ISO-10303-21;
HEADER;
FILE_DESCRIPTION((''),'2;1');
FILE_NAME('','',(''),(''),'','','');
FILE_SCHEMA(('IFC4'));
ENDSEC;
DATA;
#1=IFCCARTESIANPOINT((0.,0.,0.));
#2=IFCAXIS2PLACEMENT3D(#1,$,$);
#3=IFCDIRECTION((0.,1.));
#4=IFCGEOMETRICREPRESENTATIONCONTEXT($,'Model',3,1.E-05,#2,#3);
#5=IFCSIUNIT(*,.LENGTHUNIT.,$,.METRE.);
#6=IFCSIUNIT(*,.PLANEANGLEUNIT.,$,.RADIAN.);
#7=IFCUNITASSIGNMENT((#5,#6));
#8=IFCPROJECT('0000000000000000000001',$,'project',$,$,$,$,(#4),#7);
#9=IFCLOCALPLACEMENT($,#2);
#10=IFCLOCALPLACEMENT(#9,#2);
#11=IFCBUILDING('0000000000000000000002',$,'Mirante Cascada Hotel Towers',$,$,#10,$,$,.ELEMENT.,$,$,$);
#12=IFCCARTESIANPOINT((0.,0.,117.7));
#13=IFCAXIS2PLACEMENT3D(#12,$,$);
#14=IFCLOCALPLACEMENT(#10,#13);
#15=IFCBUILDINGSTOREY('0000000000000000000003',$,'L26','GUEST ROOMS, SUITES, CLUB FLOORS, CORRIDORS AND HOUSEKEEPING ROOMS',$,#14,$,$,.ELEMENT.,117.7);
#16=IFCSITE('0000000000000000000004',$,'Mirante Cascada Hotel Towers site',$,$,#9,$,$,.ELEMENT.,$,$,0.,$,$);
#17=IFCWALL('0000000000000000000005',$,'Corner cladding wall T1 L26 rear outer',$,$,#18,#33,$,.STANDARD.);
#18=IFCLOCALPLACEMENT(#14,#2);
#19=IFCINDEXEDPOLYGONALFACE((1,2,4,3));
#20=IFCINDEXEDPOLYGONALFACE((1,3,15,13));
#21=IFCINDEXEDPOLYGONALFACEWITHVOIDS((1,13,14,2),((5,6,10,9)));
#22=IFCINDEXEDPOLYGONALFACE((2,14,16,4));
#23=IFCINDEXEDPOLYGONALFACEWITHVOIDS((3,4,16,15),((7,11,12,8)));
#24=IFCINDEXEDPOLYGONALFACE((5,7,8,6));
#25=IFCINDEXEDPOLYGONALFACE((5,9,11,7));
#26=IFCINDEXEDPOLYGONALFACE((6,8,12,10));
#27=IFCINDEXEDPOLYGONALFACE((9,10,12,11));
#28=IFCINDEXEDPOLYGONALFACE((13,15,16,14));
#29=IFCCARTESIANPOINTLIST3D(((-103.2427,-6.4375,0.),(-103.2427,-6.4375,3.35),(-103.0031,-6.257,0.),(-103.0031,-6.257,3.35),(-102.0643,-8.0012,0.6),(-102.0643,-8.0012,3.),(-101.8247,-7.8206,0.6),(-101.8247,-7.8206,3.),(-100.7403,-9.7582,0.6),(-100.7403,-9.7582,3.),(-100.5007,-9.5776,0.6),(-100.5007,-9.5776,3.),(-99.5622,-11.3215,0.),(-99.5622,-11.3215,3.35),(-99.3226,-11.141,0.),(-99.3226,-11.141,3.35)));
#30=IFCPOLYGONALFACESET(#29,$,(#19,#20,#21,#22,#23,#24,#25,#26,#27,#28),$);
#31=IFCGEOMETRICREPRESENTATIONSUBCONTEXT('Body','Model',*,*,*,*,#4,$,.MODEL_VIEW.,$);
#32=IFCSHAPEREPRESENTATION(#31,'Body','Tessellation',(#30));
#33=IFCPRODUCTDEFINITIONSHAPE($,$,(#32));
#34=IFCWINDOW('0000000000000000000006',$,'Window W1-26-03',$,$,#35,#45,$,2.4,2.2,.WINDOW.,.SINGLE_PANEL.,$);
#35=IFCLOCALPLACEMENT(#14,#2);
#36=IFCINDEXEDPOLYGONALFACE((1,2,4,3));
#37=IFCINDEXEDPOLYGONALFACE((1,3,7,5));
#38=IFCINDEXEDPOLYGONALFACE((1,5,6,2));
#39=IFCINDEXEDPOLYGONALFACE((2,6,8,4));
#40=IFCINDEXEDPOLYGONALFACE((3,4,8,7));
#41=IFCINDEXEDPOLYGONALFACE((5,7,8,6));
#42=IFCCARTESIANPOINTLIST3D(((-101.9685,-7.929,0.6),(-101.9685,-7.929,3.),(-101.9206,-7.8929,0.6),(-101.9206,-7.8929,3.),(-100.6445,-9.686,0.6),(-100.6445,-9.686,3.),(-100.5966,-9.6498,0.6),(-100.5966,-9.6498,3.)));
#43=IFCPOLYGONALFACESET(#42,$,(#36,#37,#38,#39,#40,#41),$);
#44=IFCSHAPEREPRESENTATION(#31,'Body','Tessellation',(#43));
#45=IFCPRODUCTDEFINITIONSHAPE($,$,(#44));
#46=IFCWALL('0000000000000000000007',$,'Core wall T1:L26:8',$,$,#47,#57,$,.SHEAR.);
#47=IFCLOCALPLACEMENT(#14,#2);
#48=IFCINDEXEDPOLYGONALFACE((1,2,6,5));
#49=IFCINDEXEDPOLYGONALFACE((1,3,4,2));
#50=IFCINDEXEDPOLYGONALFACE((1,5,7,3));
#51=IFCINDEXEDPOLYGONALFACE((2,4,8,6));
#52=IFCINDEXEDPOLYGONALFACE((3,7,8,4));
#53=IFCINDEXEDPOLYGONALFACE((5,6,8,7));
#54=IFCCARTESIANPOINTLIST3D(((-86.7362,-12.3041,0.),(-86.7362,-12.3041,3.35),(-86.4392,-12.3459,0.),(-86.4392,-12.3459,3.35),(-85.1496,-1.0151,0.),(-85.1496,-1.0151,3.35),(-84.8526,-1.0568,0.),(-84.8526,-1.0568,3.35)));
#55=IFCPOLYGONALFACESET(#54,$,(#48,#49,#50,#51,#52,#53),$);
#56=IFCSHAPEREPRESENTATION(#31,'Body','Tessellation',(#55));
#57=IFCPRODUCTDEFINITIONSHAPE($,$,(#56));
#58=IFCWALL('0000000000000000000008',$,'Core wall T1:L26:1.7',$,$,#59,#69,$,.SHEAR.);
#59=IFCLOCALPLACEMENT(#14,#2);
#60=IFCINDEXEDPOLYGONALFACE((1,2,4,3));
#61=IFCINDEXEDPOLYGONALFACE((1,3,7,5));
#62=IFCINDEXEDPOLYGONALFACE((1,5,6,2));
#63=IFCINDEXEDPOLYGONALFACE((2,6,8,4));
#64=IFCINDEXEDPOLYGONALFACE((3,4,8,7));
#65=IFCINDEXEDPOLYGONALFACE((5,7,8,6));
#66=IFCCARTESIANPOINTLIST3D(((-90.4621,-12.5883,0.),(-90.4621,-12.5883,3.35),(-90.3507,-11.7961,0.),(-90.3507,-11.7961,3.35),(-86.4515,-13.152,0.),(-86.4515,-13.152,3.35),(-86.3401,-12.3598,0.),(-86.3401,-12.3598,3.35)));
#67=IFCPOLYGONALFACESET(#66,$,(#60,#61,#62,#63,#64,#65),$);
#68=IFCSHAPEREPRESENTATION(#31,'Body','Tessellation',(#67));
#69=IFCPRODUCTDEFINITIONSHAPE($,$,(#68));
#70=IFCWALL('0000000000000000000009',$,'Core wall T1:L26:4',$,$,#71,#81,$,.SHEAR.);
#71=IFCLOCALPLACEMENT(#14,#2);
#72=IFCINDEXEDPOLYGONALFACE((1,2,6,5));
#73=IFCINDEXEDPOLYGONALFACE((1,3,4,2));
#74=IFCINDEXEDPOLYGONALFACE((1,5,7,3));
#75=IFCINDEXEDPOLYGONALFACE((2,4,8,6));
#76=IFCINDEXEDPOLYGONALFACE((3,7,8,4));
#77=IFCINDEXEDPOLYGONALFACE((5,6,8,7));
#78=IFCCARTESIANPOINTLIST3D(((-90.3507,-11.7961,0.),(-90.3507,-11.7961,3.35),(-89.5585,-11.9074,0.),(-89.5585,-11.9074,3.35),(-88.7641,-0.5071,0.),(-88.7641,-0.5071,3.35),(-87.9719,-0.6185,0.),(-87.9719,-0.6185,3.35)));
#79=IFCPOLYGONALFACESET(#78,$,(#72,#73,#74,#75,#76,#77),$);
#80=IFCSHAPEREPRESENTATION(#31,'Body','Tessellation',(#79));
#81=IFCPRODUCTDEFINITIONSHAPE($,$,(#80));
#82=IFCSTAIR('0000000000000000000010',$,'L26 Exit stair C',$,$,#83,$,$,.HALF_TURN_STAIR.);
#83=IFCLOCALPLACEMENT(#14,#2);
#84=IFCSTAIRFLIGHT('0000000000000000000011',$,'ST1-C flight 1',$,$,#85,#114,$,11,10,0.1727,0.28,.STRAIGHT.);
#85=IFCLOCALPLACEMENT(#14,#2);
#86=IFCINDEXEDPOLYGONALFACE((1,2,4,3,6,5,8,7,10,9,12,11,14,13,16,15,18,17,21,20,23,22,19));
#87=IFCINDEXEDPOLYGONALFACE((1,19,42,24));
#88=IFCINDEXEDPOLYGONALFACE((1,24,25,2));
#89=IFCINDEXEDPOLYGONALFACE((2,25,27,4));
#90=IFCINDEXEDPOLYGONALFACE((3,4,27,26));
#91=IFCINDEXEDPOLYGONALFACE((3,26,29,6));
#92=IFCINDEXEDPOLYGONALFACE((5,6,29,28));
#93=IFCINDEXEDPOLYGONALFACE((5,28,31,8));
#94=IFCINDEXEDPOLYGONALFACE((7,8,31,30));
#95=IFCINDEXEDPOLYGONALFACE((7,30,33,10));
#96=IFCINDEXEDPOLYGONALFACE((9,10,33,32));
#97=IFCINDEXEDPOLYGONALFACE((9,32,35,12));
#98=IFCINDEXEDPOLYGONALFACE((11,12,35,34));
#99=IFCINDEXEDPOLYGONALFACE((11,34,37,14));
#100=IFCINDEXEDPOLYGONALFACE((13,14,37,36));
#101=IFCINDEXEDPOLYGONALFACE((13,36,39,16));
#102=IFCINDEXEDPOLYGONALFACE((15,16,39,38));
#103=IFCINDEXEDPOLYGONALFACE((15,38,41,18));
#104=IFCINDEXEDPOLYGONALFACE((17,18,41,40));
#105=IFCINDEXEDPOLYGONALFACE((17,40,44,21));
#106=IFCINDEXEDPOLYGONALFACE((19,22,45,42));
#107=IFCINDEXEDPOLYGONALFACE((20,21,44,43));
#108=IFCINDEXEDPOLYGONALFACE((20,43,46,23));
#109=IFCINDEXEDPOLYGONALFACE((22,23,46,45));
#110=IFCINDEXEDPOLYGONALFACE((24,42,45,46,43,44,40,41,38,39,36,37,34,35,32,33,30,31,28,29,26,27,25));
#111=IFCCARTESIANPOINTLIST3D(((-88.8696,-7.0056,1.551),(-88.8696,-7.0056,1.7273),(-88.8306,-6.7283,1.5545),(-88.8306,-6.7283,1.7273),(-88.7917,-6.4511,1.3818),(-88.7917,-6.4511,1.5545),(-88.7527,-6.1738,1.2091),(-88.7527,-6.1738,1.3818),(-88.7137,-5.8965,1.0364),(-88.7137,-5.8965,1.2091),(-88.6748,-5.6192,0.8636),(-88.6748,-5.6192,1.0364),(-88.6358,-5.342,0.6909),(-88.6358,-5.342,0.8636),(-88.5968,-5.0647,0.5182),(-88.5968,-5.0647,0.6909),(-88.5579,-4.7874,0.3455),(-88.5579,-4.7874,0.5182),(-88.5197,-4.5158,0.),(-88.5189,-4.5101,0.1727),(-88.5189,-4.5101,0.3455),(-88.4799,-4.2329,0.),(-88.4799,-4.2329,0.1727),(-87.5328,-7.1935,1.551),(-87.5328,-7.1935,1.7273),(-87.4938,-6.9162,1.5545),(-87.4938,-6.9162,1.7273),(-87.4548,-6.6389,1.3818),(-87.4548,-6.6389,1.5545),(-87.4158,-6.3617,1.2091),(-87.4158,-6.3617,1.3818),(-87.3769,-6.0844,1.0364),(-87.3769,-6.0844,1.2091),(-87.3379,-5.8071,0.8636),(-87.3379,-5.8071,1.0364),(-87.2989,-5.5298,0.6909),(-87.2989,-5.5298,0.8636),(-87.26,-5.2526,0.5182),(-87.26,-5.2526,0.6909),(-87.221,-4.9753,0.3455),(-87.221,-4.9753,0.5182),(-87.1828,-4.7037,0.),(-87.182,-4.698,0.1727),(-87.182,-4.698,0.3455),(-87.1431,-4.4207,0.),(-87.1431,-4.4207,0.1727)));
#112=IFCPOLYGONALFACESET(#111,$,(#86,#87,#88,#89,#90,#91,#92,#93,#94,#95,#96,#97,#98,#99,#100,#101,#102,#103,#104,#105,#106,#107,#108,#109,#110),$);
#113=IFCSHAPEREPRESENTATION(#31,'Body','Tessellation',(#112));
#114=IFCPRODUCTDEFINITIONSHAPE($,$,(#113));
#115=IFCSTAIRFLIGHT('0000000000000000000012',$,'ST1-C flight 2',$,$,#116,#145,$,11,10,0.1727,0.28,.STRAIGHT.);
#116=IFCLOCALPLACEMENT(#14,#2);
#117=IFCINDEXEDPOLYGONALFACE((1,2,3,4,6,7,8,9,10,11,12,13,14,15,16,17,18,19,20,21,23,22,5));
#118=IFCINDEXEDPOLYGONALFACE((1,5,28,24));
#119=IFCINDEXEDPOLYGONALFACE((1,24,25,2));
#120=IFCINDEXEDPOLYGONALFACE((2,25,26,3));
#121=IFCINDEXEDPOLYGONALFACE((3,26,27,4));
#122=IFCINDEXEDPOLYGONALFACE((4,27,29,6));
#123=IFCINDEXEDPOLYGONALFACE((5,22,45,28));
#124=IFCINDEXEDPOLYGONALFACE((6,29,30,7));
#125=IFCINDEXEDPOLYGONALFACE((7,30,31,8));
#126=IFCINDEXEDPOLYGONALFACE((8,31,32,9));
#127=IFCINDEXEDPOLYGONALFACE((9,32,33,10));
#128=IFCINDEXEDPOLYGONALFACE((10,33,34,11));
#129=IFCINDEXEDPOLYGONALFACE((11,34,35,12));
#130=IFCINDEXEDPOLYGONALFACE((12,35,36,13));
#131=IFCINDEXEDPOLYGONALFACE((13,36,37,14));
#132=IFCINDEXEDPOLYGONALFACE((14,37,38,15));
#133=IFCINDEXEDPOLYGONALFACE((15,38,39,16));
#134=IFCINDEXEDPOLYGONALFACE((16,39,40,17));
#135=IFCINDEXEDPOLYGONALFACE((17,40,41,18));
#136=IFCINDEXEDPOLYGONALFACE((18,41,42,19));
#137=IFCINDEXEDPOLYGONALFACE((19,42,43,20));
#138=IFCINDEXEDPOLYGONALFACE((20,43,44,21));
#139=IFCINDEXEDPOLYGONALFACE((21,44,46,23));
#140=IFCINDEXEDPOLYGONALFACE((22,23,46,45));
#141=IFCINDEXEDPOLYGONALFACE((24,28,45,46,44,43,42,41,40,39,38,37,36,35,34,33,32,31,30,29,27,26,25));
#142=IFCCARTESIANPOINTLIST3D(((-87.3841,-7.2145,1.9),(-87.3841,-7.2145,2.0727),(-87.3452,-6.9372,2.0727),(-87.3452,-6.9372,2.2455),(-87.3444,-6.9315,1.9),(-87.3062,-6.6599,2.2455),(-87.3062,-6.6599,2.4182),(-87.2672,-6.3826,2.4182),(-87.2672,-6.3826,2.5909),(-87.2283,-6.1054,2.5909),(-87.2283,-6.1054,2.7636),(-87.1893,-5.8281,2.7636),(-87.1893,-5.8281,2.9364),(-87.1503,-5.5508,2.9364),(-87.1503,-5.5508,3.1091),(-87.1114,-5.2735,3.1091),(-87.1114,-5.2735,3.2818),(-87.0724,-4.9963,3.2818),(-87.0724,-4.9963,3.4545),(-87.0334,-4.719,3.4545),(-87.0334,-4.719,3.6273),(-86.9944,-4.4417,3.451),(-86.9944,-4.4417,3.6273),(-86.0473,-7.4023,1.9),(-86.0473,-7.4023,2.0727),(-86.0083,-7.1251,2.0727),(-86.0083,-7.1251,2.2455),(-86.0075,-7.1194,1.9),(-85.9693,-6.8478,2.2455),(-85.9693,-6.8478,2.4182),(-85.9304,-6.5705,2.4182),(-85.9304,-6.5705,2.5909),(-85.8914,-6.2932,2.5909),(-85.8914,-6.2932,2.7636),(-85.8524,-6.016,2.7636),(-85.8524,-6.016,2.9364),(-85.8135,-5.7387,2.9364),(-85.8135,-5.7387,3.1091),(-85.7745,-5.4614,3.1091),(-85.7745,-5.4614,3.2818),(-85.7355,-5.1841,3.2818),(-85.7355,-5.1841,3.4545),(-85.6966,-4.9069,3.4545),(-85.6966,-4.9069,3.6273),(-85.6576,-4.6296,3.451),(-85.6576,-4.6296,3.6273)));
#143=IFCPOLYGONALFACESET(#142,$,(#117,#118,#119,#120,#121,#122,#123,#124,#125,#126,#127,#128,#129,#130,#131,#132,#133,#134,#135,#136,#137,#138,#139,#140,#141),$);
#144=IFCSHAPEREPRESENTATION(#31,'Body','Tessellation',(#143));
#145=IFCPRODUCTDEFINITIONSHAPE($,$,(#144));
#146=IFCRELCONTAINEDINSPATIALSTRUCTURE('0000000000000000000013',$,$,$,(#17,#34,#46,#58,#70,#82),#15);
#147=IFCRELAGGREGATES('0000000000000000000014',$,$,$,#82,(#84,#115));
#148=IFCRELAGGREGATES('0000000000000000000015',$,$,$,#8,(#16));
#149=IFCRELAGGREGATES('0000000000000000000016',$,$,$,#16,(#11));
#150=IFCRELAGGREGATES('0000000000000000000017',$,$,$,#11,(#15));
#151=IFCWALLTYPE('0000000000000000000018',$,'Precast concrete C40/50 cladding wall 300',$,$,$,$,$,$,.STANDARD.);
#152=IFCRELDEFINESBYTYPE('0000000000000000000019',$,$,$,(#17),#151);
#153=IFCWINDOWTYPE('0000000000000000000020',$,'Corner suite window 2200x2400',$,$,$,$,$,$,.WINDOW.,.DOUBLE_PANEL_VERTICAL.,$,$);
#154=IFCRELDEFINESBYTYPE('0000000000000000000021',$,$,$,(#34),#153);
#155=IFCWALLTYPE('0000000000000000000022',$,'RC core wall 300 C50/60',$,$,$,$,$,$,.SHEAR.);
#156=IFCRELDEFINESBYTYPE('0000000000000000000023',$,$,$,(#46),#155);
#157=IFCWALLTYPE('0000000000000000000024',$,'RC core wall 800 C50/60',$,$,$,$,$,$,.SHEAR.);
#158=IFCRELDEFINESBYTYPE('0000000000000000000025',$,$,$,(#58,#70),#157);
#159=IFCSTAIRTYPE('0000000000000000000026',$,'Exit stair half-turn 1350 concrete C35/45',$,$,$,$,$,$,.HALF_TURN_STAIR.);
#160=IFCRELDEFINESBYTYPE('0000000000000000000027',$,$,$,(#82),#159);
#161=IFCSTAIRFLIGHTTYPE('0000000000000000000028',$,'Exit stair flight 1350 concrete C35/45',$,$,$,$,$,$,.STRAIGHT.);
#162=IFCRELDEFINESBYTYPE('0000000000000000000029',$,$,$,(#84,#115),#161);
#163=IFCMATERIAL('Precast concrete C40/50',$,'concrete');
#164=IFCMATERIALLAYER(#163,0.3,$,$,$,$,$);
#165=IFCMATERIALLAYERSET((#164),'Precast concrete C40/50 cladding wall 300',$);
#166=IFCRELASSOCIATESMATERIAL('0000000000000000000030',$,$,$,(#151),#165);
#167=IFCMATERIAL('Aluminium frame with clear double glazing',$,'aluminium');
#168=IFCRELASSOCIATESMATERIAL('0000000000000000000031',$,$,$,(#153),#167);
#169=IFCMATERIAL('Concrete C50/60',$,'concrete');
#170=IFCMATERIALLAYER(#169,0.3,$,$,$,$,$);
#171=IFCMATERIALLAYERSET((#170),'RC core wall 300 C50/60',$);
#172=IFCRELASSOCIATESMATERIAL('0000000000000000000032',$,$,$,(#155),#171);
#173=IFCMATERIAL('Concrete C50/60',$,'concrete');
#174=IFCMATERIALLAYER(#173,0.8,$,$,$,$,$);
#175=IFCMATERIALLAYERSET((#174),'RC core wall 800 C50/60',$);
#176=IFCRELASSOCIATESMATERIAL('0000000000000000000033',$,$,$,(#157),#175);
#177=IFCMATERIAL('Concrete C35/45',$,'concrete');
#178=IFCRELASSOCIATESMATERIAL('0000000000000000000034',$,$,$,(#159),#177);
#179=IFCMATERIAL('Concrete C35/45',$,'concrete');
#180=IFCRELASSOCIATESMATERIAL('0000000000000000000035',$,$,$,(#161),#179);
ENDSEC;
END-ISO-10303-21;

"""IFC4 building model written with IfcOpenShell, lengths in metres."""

from ifc_helpers import new_model, si_unit, direction, frame, frame_2d, origin, place, context, subcontext, project, spatial, polyline, rectangle, outline, extrude, material, layer, layer_set, type_object, element, fill, aggregate, save


model = new_model("IFC4")

# Units and contexts
model_context = context("Model", 3, precision=1e-05, world=origin(), true_north=direction((0.0, 1.0)))
body_context = subcontext(model_context, "Body", "Model", "MODEL_VIEW")
ifc_project = project(units=[si_unit("LENGTHUNIT", "METRE"), si_unit("PLANEANGLEUNIT", "RADIAN")], contexts=[model_context])

# Site, building, storey
site_placement = place(None, origin())
site = spatial("IfcSite", under=ifc_project, at=site_placement, Name="Mirante Cascada Hotel Towers site", CompositionType="ELEMENT", RefElevation=0.0)
building_placement = place(site_placement, origin())
building = spatial("IfcBuilding", under=site, at=building_placement, Name="Mirante Cascada Hotel Towers", CompositionType="ELEMENT")
storey_placement = place(building_placement, frame((0.0, 0.0, 117.7)))
storey = spatial("IfcBuildingStorey", under=building, at=storey_placement, Name="L26", Description="GUEST ROOMS, SUITES, CLUB FLOORS, CORRIDORS AND HOUSEKEEPING ROOMS", CompositionType="ELEMENT", Elevation=117.7)

# Shared definitions
ifc_material_1 = material(Name="Precast concrete C40/50", Category="concrete")
ifc_layer_1 = layer(ifc_material_1, 0.3)
ifc_layer_set_1 = layer_set([ifc_layer_1], Name="Precast concrete C40/50 cladding wall 300")
wall_type_1 = type_object("IfcWallType", Name="Precast concrete C40/50 cladding wall 300", PredefinedType="STANDARD", material=ifc_layer_set_1)

# Wall, opening, window
wall_1_placement = place(storey_placement, frame((-99.4424, -11.2313, 0.0), z_axis=(0.0, 0.0, 1.0), x_axis=(-0.601819, 0.798632, 0.0)))
wall_1 = element("IfcWall", 1, at=wall_1_placement, inside=storey, type_object=wall_type_1, Name="Corner cladding wall T1 L26 rear outer", PredefinedType="STANDARD", context=body_context, shape_type="SweptSolid", body=[
    extrude(rectangle(XDim=6.1155, YDim=0.3, at=frame_2d((3.0578, 0.0))), origin(), (0.0, 0.0, 1.0), 3.35),
])
opening_1_placement = place(wall_1_placement, frame((1.9576, 0.0, 0.6)))
opening_1 = element("IfcOpeningElement", 2, at=opening_1_placement, cuts=wall_1, PredefinedType="OPENING", context=body_context, shape_type="SweptSolid", body=[
    extrude(rectangle(XDim=2.2, YDim=2.4, at=frame_2d((1.1, 1.2))), frame((0.0, 0.15, 0.0), z_axis=(0.0, -1.0, 0.0), x_axis=(1.0, 0.0, 0.0)), (0.0, 0.0, 1.0), 0.3),
])
ifc_material_2 = material(Name="Aluminium frame with clear double glazing", Category="aluminium")
window_type_1 = type_object("IfcWindowType", Name="Corner suite window 2200x2400", PartitioningType="DOUBLE_PANEL_VERTICAL", PredefinedType="WINDOW", material=ifc_material_2)
window_1_placement = place(opening_1_placement, origin())
window_1 = element("IfcWindow", 3, at=window_1_placement, inside=storey, type_object=window_type_1, Name="Window W1-26-03", OverallHeight=2.4, OverallWidth=2.2, PartitioningType="SINGLE_PANEL", PredefinedType="WINDOW", context=body_context, shape_type="SweptSolid", body=[
    extrude(rectangle(XDim=2.2, YDim=2.4, at=frame_2d((1.1, 1.2))), frame((0.0, 0.03, 0.0), z_axis=(0.0, -1.0, 0.0), x_axis=(1.0, 0.0, 0.0)), (0.0, 0.0, 1.0), 0.06),
])
fill(opening_1, window_1)

# Walls
ifc_material_3 = material(Name="Concrete C50/60", Category="concrete")
ifc_layer_2 = layer(ifc_material_3, 0.3)
ifc_layer_set_2 = layer_set([ifc_layer_2], Name="RC core wall 300 C50/60")
wall_type_2 = type_object("IfcWallType", Name="RC core wall 300 C50/60", PredefinedType="SHEAR", material=ifc_layer_set_2)
wall_2_placement = place(storey_placement, frame((-86.5877, -12.325, 0.0), z_axis=(0.0, 0.0, 1.0), x_axis=(0.139175, 0.990268, 0.0)))
element("IfcWall", 4, at=wall_2_placement, inside=storey, type_object=wall_type_2, Name="Core wall T1:L26:8", PredefinedType="SHEAR", context=body_context, shape_type="SweptSolid", body=[
    extrude(rectangle(XDim=11.4, YDim=0.3, at=frame_2d((5.7, 0.0))), origin(), (0.0, 0.0, 1.0), 3.35),
])
ifc_material_4 = material(Name="Concrete C50/60", Category="concrete")
ifc_layer_3 = layer(ifc_material_4, 0.8)
ifc_layer_set_3 = layer_set([ifc_layer_3], Name="RC core wall 800 C50/60")
wall_type_3 = type_object("IfcWallType", Name="RC core wall 800 C50/60", PredefinedType="SHEAR", material=ifc_layer_set_3)
wall_3_placement = place(storey_placement, frame((-86.3958, -12.7559, 0.0), z_axis=(0.0, 0.0, 1.0), x_axis=(-0.990267, 0.139184, 0.0)))
element("IfcWall", 5, at=wall_3_placement, inside=storey, type_object=wall_type_3, Name="Core wall T1:L26:1.7", PredefinedType="SHEAR", context=body_context, shape_type="SweptSolid", body=[
    extrude(rectangle(XDim=4.05, YDim=0.8, at=frame_2d((2.025, 0.0))), origin(), (0.0, 0.0, 1.0), 3.35),
])
wall_4_placement = place(storey_placement, frame((-89.9546, -11.8518, 0.0), z_axis=(0.0, 0.0, 1.0), x_axis=(0.139176, 0.990268, 0.0)))
element("IfcWall", 6, at=wall_4_placement, inside=storey, type_object=wall_type_3, Name="Core wall T1:L26:4", PredefinedType="SHEAR", context=body_context, shape_type="SweptSolid", body=[
    extrude(rectangle(XDim=11.3999, YDim=0.8, at=frame_2d((5.7, 0.0))), origin(), (0.0, 0.0, 1.0), 3.35),
])

# Stair, stair flights
ifc_material_5 = material(Name="Concrete C35/45", Category="concrete")
stair_type = type_object("IfcStairType", Name="Exit stair half-turn 1350 concrete C35/45", PredefinedType="HALF_TURN_STAIR", material=ifc_material_5)
stair_placement = place(storey_placement, origin())
stair = element("IfcStair", 7, at=stair_placement, inside=storey, type_object=stair_type, Name="L26 Exit stair C", PredefinedType="HALF_TURN_STAIR")
ifc_material_6 = material(Name="Concrete C35/45", Category="concrete")
stair_flight_type = type_object("IfcStairFlightType", Name="Exit stair flight 1350 concrete C35/45", PredefinedType="STRAIGHT", material=ifc_material_6)
stair_flight_1_placement = place(storey_placement, frame((-87.8115, -4.3268, 0.0), z_axis=(0.0, 0.0, 1.0), x_axis=(-0.139173, -0.990268, 0.0)))
stair_flight_1 = element("IfcStairFlight", 8, at=stair_flight_1_placement, type_object=stair_flight_type, Name="ST1-C flight 1", NumberOfRisers=11, NumberOfTreads=10, PredefinedType="STRAIGHT", RiserHeight=0.1727, TreadLength=0.28, context=body_context, shape_type="SweptSolid", body=[
    extrude(outline(polyline([(0.0, 0.0), (0.0, 0.1727), (0.28, 0.1727), (0.28, 0.3455), (0.56, 0.3455), (0.56, 0.5182), (0.84, 0.5182), (0.84, 0.6909), (1.12, 0.6909), (1.12, 0.8636), (1.4, 0.8636), (1.4, 1.0364), (1.68, 1.0364), (1.68, 1.2091), (1.96, 1.2091), (1.96, 1.3818), (2.24, 1.3818), (2.24, 1.5545), (2.52, 1.5545), (2.52, 1.7273), (2.8, 1.7273), (2.8, 1.9), (2.8, 1.551), (0.2857, 0.0), (0.0, 0.0)])), frame((0.0, 0.675, 0.0), z_axis=(0.0, -1.0, 0.0), x_axis=(1.0, 0.0, 0.0)), (0.0, 0.0, 1.0), 1.35),
])
stair_flight_2_placement = place(storey_placement, frame((-86.7157, -7.3084, 1.9), z_axis=(0.0, 0.0, 1.0), x_axis=(0.139173, 0.990268, 0.0)))
stair_flight_2 = element("IfcStairFlight", 9, at=stair_flight_2_placement, type_object=stair_flight_type, Name="ST1-C flight 2", NumberOfRisers=11, NumberOfTreads=10, PredefinedType="STRAIGHT", RiserHeight=0.1727, TreadLength=0.28, context=body_context, shape_type="SweptSolid", body=[
    extrude(outline(polyline([(0.0, 0.0), (0.0, 0.1727), (0.28, 0.1727), (0.28, 0.3455), (0.56, 0.3455), (0.56, 0.5182), (0.84, 0.5182), (0.84, 0.6909), (1.12, 0.6909), (1.12, 0.8636), (1.4, 0.8636), (1.4, 1.0364), (1.68, 1.0364), (1.68, 1.2091), (1.96, 1.2091), (1.96, 1.3818), (2.24, 1.3818), (2.24, 1.5545), (2.52, 1.5545), (2.52, 1.7273), (2.8, 1.7273), (2.8, 1.9), (2.8, 1.551), (0.2857, 0.0), (0.0, 0.0)])), frame((0.0, 0.675, 0.0), z_axis=(0.0, -1.0, 0.0), x_axis=(1.0, 0.0, 0.0)), (0.0, 0.0, 1.0), 1.35),
])
aggregate(stair, [stair_flight_1, stair_flight_2])

save(model, "model.ifc")
